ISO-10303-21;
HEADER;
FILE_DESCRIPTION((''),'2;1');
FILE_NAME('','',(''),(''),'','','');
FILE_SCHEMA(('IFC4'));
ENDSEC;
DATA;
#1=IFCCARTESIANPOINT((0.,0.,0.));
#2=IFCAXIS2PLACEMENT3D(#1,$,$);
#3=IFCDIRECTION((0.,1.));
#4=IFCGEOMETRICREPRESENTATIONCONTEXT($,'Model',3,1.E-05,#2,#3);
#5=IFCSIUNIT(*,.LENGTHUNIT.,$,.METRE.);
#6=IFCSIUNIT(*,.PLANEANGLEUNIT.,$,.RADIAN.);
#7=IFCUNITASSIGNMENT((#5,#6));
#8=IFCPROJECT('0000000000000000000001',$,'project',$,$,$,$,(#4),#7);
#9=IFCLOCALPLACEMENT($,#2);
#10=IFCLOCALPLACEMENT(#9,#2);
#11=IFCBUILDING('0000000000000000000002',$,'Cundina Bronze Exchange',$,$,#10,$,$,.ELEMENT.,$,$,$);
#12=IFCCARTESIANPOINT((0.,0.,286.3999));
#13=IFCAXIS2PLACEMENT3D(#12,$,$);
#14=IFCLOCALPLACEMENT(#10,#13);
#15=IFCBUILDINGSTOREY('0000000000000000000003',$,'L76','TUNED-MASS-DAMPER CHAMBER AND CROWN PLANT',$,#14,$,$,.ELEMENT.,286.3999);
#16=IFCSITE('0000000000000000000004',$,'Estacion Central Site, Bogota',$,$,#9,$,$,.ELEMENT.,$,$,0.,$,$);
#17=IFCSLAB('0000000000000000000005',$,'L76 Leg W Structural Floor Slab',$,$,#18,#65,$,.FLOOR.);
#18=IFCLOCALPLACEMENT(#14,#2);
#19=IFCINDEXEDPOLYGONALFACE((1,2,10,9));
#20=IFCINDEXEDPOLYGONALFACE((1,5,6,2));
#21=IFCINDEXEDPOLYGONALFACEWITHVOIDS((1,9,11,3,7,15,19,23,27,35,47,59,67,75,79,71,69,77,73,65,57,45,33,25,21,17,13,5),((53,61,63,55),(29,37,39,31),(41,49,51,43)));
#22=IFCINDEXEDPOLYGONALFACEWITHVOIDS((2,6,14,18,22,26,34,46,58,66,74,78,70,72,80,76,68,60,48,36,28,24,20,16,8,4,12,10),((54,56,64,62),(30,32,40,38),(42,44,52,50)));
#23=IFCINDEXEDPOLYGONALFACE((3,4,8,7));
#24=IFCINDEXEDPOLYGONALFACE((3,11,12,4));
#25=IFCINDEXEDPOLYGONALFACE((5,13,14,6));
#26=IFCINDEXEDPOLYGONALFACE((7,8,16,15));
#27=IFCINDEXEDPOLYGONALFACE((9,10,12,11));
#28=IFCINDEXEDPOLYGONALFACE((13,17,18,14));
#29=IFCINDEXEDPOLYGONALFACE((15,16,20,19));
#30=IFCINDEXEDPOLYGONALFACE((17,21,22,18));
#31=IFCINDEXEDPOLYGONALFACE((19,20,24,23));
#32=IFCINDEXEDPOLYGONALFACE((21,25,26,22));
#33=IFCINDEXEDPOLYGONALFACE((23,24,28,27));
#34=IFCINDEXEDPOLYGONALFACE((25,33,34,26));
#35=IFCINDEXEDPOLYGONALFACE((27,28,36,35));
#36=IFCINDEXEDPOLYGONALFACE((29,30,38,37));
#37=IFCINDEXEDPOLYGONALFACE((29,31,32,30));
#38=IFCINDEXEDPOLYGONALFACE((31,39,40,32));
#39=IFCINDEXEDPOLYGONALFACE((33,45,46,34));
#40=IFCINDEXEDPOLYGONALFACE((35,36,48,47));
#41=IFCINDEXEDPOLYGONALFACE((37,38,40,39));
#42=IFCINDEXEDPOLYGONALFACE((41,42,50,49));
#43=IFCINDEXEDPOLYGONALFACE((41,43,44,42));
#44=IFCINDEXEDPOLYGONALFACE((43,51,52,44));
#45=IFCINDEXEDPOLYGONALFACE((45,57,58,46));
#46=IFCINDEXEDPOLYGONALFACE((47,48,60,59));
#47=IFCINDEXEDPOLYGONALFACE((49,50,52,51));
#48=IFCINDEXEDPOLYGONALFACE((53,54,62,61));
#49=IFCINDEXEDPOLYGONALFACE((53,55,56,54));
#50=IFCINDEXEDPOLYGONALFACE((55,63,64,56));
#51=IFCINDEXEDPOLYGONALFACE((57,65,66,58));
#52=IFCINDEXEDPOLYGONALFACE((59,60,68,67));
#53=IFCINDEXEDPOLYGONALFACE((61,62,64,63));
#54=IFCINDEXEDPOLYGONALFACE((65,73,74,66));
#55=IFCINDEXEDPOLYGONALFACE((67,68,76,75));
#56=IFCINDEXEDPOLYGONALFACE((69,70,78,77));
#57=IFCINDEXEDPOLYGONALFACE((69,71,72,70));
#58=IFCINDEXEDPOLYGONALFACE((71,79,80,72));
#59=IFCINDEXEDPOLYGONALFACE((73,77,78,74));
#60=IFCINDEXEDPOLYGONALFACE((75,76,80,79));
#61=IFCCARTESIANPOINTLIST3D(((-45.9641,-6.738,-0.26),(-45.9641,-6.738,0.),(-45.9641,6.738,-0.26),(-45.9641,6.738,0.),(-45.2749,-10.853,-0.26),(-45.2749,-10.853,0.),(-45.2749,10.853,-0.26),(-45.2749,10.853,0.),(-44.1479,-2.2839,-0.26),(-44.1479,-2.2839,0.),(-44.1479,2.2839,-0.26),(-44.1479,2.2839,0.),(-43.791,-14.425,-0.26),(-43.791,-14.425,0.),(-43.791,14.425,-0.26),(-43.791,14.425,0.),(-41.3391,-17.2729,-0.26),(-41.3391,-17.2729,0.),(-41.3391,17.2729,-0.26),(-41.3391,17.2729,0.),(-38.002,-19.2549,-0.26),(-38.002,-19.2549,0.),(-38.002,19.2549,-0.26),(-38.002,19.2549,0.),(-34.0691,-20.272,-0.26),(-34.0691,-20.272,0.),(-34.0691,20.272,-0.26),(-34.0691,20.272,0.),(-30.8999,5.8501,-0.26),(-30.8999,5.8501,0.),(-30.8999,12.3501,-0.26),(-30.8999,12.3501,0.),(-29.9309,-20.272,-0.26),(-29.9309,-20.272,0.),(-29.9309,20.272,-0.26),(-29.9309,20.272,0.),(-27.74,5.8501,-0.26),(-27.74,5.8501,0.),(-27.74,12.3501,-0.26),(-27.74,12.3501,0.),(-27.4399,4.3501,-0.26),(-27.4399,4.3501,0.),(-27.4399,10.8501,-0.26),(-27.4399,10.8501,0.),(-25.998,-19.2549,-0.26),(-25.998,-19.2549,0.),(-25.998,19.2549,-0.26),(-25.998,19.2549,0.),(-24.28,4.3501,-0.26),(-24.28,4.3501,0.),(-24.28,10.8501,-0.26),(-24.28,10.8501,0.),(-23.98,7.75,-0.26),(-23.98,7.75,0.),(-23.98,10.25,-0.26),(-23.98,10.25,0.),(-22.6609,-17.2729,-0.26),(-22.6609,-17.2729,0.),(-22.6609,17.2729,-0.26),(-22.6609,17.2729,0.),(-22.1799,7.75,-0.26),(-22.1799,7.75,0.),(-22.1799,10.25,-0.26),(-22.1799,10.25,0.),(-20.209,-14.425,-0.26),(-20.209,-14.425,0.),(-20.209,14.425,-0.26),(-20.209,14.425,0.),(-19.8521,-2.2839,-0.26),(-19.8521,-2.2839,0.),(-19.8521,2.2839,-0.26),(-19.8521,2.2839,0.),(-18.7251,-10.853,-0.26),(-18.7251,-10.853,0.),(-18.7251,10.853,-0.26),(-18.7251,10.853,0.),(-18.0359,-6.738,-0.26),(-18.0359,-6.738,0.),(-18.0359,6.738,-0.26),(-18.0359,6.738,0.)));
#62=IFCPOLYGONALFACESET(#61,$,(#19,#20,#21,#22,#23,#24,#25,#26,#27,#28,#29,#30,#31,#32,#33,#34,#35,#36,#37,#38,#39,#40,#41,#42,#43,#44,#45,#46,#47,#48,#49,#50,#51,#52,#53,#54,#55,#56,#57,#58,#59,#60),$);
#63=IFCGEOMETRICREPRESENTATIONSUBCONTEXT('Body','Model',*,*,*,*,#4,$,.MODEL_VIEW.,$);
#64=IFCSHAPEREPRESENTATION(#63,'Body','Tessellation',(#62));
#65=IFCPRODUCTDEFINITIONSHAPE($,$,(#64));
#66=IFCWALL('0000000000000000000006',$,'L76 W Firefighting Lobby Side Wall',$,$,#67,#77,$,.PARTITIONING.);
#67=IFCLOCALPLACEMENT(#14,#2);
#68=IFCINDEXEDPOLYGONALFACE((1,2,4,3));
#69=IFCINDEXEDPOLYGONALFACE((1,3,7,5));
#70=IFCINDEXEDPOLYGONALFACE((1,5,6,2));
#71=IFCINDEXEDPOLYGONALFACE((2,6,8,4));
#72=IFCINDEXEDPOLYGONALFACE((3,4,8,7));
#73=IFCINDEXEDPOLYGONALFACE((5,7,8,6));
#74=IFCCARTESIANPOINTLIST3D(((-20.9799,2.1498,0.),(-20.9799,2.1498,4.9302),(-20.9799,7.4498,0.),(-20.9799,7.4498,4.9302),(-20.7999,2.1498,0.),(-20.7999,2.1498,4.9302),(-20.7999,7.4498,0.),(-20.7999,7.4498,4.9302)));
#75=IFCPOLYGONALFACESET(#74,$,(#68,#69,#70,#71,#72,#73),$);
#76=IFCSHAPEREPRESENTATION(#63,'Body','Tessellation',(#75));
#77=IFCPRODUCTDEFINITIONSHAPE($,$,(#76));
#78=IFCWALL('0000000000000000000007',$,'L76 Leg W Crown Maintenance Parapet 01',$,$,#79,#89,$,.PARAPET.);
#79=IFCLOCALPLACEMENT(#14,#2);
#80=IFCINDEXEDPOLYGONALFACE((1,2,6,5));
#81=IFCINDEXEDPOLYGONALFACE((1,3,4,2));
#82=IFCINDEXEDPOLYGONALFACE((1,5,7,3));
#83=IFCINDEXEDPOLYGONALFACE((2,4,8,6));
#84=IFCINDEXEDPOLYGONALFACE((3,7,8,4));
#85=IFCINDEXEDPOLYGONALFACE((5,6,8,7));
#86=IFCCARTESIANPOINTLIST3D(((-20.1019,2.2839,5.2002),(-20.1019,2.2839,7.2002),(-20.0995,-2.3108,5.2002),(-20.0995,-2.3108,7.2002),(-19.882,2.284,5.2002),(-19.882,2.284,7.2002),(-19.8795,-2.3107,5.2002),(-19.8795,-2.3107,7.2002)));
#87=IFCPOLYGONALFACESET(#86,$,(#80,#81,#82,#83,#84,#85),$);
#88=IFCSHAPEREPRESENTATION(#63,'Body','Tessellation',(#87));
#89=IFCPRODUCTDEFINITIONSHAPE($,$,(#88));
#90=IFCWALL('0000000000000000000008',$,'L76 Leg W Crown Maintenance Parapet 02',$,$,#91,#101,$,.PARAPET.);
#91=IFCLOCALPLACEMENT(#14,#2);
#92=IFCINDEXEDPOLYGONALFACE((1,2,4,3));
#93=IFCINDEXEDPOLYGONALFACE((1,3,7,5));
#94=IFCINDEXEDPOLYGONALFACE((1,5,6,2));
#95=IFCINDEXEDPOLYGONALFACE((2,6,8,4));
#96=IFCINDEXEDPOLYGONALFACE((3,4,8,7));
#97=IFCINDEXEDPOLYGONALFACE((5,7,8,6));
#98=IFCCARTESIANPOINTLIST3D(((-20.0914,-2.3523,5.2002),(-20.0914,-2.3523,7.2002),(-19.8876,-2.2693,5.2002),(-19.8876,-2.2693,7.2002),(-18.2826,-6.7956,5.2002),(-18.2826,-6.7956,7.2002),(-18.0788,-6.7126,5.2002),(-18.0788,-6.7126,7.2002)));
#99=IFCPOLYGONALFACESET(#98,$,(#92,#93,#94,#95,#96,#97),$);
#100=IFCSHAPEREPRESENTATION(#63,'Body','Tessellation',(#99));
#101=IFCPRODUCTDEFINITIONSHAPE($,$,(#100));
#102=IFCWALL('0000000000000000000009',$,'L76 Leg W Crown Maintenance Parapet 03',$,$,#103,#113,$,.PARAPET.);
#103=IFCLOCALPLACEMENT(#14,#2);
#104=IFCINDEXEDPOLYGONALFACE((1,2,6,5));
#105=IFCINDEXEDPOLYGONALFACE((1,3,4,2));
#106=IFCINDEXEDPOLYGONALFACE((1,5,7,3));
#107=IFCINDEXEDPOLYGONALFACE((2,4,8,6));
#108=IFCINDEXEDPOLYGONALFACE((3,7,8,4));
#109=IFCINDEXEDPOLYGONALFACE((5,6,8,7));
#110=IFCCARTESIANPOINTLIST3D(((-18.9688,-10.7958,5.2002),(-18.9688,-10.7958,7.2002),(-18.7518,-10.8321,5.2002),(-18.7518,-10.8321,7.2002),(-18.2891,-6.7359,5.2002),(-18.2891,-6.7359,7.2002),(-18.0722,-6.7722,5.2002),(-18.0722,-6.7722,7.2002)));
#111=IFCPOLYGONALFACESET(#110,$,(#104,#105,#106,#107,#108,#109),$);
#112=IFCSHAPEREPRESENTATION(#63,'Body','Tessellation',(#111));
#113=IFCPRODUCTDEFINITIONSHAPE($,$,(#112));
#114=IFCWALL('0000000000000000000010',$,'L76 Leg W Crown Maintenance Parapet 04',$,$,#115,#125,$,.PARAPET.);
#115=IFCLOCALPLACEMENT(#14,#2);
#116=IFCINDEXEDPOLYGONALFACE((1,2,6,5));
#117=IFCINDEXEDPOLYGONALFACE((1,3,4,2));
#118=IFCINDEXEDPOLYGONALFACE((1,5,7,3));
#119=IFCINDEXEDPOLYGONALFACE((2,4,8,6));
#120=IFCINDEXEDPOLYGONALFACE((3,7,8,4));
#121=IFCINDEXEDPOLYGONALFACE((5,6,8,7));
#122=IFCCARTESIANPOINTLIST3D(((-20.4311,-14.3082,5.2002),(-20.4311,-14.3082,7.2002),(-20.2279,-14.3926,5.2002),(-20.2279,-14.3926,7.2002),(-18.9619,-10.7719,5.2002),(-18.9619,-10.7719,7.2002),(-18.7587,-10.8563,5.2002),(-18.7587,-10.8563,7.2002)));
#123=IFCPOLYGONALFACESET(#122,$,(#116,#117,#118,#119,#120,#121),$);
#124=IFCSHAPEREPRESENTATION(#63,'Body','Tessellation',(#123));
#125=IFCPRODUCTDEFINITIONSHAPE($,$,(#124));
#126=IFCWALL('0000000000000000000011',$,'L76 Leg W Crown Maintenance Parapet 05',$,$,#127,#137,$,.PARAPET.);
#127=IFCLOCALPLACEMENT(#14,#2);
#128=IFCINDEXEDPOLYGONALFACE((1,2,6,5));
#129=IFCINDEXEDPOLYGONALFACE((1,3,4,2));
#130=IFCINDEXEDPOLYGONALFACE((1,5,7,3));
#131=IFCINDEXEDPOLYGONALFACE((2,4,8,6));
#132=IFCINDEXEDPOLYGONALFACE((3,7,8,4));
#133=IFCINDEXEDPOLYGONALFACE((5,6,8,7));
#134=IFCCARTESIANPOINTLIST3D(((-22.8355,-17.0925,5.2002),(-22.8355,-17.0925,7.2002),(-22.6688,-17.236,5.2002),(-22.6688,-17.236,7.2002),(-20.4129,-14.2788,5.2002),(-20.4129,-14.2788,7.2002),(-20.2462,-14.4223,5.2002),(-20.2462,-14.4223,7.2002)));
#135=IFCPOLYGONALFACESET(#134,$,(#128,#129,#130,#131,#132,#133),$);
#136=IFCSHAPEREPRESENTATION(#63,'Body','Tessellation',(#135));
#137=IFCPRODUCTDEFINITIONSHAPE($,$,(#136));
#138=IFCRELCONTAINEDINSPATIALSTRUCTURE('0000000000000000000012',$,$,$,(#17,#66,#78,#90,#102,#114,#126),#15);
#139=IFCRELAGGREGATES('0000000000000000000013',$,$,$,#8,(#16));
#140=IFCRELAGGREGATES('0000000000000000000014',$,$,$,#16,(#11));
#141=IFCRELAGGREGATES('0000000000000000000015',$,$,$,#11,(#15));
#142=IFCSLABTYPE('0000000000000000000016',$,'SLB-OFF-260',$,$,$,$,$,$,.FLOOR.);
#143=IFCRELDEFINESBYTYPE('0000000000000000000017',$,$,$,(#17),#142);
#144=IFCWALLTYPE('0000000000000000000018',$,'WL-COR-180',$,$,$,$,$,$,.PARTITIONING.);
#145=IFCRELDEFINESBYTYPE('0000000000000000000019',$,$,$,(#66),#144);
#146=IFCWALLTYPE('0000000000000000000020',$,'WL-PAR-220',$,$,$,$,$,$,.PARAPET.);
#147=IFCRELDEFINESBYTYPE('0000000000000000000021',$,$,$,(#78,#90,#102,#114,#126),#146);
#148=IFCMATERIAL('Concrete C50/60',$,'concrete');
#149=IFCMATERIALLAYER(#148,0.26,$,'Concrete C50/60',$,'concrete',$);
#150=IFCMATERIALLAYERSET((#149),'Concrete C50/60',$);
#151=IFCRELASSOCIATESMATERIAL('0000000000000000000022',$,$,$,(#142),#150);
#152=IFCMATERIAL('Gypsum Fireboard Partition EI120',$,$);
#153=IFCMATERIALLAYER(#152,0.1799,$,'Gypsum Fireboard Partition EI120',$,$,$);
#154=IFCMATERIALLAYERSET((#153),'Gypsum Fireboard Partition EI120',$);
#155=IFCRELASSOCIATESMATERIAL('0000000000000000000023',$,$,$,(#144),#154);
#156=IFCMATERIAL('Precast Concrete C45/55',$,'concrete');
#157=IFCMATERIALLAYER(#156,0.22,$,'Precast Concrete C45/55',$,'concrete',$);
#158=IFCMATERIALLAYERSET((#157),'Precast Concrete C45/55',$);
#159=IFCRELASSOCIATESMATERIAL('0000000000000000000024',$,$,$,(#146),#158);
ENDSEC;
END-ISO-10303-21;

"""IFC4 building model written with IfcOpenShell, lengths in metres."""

from ifc_helpers import new_model, si_unit, direction, frame, frame_2d, origin, place, context, subcontext, project, spatial, polyline, rectangle, outline, extrude, material, layer, layer_set, type_object, element, save


model = new_model("IFC4")

# Units and contexts
model_context = context("Model", 3, precision=1e-05, world=origin(), true_north=direction((0.0, 1.0)))
body_context = subcontext(model_context, "Body", "Model", "MODEL_VIEW")
ifc_project = project(units=[si_unit("LENGTHUNIT", "METRE"), si_unit("PLANEANGLEUNIT", "RADIAN")], contexts=[model_context])

# Site, building, storey
site_placement = place(None, origin())
site = spatial("IfcSite", under=ifc_project, at=site_placement, Name="Estacion Central Site, Bogota", CompositionType="ELEMENT", RefElevation=0.0)
building_placement = place(site_placement, origin())
building = spatial("IfcBuilding", under=site, at=building_placement, Name="Cundina Bronze Exchange", CompositionType="ELEMENT")
storey_placement = place(building_placement, frame((0.0, 0.0, 286.3999)))
storey = spatial("IfcBuildingStorey", under=building, at=storey_placement, Name="L76", Description="TUNED-MASS-DAMPER CHAMBER AND CROWN PLANT", CompositionType="ELEMENT", Elevation=286.3999)

# Slab
ifc_material_1 = material(Name="Concrete C50/60", Category="concrete")
ifc_layer_1 = layer(ifc_material_1, 0.26, Name="Concrete C50/60", Category="concrete")
ifc_layer_set_1 = layer_set([ifc_layer_1], Name="Concrete C50/60")
slab_type = type_object("IfcSlabType", Name="SLB-OFF-260", PredefinedType="FLOOR", material=ifc_layer_set_1)
slab_placement = place(storey_placement, frame((0.0, 0.0, -0.26)))
element("IfcSlab", 1, at=slab_placement, inside=storey, type_object=slab_type, Name="L76 Leg W Structural Floor Slab", PredefinedType="FLOOR", context=body_context, shape_type="SweptSolid", body=[
    extrude(outline(polyline([(-19.8521, 2.2839), (-18.0359, 6.738), (-18.7251, 10.853), (-20.209, 14.425), (-22.6609, 17.2729), (-25.998, 19.2549), (-29.9309, 20.272), (-34.0691, 20.272), (-38.002, 19.2549), (-41.3391, 17.2729), (-43.791, 14.425), (-45.2749, 10.853), (-45.9641, 6.738), (-44.1479, 2.2839), (-44.1479, -2.2839), (-45.9641, -6.738), (-45.2749, -10.853), (-43.791, -14.425), (-41.3391, -17.2729), (-38.002, -19.2549), (-34.0691, -20.272), (-29.9309, -20.272), (-25.998, -19.2549), (-22.6609, -17.2729), (-20.209, -14.425), (-18.7251, -10.853), (-18.0359, -6.738), (-19.8521, -2.2839), (-19.8521, 2.2839)]), holes=[polyline([(-27.74, 5.8501), (-27.74, 12.3501), (-30.8999, 12.3501), (-30.8999, 5.8501), (-27.74, 5.8501)]), polyline([(-27.4399, 10.8501), (-27.4399, 4.3501), (-24.28, 4.3501), (-24.28, 10.8501), (-27.4399, 10.8501)]), polyline([(-23.98, 10.25), (-22.1799, 10.25), (-22.1799, 7.75), (-23.98, 7.75), (-23.98, 10.25)])]), origin(), (0.0, 0.0, 1.0), 0.26),
])

# Walls
ifc_material_2 = material(Name="Gypsum Fireboard Partition EI120")
ifc_layer_2 = layer(ifc_material_2, 0.1799, Name="Gypsum Fireboard Partition EI120")
ifc_layer_set_2 = layer_set([ifc_layer_2], Name="Gypsum Fireboard Partition EI120")
wall_type_1 = type_object("IfcWallType", Name="WL-COR-180", PredefinedType="PARTITIONING", material=ifc_layer_set_2)
wall_1_placement = place(storey_placement, frame((-20.8899, 2.1499, 0.0), z_axis=(0.0, 0.0, 1.0), x_axis=(0.0, 1.0, 0.0)))
element("IfcWall", 2, at=wall_1_placement, inside=storey, type_object=wall_type_1, Name="L76 W Firefighting Lobby Side Wall", PredefinedType="PARTITIONING", context=body_context, shape_type="SweptSolid", body=[
    extrude(rectangle(XDim=5.3, YDim=0.1799, at=frame_2d((2.6499, 0.0))), origin(), (0.0, 0.0, 1.0), 4.9302),
])
ifc_material_3 = material(Name="Precast Concrete C45/55", Category="concrete")
ifc_layer_3 = layer(ifc_material_3, 0.22, Name="Precast Concrete C45/55", Category="concrete")
ifc_layer_set_3 = layer_set([ifc_layer_3], Name="Precast Concrete C45/55")
wall_type_2 = type_object("IfcWallType", Name="WL-PAR-220", PredefinedType="PARAPET", material=ifc_layer_set_3)
wall_2_placement = place(storey_placement, frame((-19.9919, 2.2839, 5.2002), z_axis=(0.0, 0.0, 1.0), x_axis=(0.000531, -1.0, 0.0)))
element("IfcWall", 3, at=wall_2_placement, inside=storey, type_object=wall_type_2, Name="L76 Leg W Crown Maintenance Parapet 01", PredefinedType="PARAPET", context=body_context, shape_type="SweptSolid", body=[
    extrude(rectangle(XDim=4.5947, YDim=0.22, at=frame_2d((2.2974, 0.0))), origin(), (0.0, 0.0, 1.0), 2.0),
])
wall_3_placement = place(storey_placement, frame((-19.9895, -2.3108, 5.2002), z_axis=(0.0, 0.0, 1.0), x_axis=(0.377043, -0.926196, 0.0)))
element("IfcWall", 4, at=wall_3_placement, inside=storey, type_object=wall_type_2, Name="L76 Leg W Crown Maintenance Parapet 02", PredefinedType="PARAPET", context=body_context, shape_type="SweptSolid", body=[
    extrude(rectangle(XDim=4.7974, YDim=0.22, at=frame_2d((2.3987, 0.0))), origin(), (0.0, 0.0, 1.0), 2.0),
])
wall_4_placement = place(storey_placement, frame((-18.1807, -6.7542, 5.2002), z_axis=(0.0, 0.0, 1.0), x_axis=(-0.165111, -0.986275, 0.0)))
element("IfcWall", 5, at=wall_4_placement, inside=storey, type_object=wall_type_2, Name="L76 Leg W Crown Maintenance Parapet 03", PredefinedType="PARAPET", context=body_context, shape_type="SweptSolid", body=[
    extrude(rectangle(XDim=4.1165, YDim=0.22, at=frame_2d((2.0581, 0.0))), origin(), (0.0, 0.0, 1.0), 2.0),
])
wall_5_placement = place(storey_placement, frame((-18.8604, -10.8142, 5.2002), z_axis=(0.0, 0.0, 1.0), x_axis=(-0.383669, -0.923471, 0.0)))
element("IfcWall", 6, at=wall_5_placement, inside=storey, type_object=wall_type_2, Name="L76 Leg W Crown Maintenance Parapet 04", PredefinedType="PARAPET", context=body_context, shape_type="SweptSolid", body=[
    extrude(rectangle(XDim=3.8293, YDim=0.22, at=frame_2d((1.9146, 0.0))), origin(), (0.0, 0.0, 1.0), 2.0),
])
wall_6_placement = place(storey_placement, frame((-20.3296, -14.3506, 5.2002), z_axis=(0.0, 0.0, 1.0), x_axis=(-0.652474, -0.757811, 0.0)))
element("IfcWall", 7, at=wall_6_placement, inside=storey, type_object=wall_type_2, Name="L76 Leg W Crown Maintenance Parapet 05", PredefinedType="PARAPET", context=body_context, shape_type="SweptSolid", body=[
    extrude(rectangle(XDim=3.7129, YDim=0.22, at=frame_2d((1.8564, 0.0))), origin(), (0.0, 0.0, 1.0), 2.0),
])

save(model, "model.ifc")
